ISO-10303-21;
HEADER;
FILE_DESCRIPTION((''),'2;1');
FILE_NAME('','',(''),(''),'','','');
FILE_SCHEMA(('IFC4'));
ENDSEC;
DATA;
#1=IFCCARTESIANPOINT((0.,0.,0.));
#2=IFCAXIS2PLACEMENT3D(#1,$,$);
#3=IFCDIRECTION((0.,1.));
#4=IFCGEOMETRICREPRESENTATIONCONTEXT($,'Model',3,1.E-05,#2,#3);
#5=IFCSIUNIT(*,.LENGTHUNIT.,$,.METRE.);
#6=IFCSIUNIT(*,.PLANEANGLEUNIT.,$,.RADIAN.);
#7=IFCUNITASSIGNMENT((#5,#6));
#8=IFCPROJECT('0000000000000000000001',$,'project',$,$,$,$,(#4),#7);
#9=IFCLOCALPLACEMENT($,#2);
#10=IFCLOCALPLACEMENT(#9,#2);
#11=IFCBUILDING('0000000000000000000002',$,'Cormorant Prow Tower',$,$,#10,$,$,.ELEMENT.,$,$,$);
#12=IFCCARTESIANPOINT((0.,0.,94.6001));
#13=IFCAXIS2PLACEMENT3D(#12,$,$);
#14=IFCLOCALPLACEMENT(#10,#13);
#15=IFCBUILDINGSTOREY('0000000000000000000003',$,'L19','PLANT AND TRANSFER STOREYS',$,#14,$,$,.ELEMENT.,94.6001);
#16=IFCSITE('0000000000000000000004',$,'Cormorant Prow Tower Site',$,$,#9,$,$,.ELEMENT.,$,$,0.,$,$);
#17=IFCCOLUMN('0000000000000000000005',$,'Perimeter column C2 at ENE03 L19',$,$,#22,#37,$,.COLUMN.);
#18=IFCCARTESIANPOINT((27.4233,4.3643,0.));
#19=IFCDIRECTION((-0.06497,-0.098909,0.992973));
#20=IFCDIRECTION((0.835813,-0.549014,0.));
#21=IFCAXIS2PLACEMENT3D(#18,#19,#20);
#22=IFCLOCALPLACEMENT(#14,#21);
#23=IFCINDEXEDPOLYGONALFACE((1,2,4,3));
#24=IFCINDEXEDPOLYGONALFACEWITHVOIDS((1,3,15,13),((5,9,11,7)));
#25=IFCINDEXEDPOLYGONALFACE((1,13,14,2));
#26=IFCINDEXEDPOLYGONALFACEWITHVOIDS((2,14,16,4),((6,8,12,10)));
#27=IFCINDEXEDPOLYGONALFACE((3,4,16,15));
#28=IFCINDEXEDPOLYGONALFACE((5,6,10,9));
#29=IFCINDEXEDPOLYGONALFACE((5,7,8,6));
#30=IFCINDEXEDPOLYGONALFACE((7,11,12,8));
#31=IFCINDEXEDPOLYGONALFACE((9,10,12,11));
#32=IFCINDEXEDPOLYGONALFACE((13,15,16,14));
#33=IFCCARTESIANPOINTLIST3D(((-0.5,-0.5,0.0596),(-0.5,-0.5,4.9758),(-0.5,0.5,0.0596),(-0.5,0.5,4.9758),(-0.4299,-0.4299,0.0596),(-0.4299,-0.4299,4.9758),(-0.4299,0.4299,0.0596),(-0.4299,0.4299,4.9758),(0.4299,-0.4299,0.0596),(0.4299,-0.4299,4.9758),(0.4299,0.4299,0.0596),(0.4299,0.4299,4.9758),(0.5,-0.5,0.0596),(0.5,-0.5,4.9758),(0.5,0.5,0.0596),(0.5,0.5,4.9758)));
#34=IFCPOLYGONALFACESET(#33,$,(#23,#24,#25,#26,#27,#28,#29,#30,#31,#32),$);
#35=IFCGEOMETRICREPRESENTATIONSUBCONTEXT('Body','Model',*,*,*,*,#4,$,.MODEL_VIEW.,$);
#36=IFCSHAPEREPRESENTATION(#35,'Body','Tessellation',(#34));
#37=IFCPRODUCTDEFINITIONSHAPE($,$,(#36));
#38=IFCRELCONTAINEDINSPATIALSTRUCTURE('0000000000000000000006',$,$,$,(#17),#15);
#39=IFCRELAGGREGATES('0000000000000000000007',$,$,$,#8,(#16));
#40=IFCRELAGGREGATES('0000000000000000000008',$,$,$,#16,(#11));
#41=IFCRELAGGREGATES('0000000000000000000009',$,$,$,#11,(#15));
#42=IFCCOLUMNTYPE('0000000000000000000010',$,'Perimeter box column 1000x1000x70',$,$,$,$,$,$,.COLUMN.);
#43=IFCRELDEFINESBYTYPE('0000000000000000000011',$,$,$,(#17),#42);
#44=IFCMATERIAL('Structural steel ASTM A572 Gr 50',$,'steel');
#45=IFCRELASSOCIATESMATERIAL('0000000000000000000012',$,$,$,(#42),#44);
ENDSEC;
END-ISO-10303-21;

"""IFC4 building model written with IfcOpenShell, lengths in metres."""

from ifc_helpers import new_model, si_unit, direction, frame, origin, origin_2d, place, context, subcontext, project, spatial, hollow_rectangle, extrude, material, material_profile, profile_set, type_object, element, save


model = new_model("IFC4")

# Units and contexts
model_context = context("Model", 3, precision=1e-05, world=origin(), true_north=direction((0.0, 1.0)))
body_context = subcontext(model_context, "Body", "Model", "MODEL_VIEW")
ifc_project = project(units=[si_unit("LENGTHUNIT", "METRE"), si_unit("PLANEANGLEUNIT", "RADIAN")], contexts=[model_context])

# Site, building, storey
site_placement = place(None, origin())
site = spatial("IfcSite", under=ifc_project, at=site_placement, Name="Cormorant Prow Tower Site", CompositionType="ELEMENT", RefElevation=0.0)
building_placement = place(site_placement, origin())
building = spatial("IfcBuilding", under=site, at=building_placement, Name="Cormorant Prow Tower", CompositionType="ELEMENT")
storey_placement = place(building_placement, frame((0.0, 0.0, 94.6001)))
storey = spatial("IfcBuildingStorey", under=building, at=storey_placement, Name="L19", Description="PLANT AND TRANSFER STOREYS", CompositionType="ELEMENT", Elevation=94.6001)

# Column
ifc_material_1 = material(Name="Structural steel ASTM A572 Gr 50", Category="steel")
ifc_material_profile_1 = material_profile(ifc_material_1, hollow_rectangle(XDim=1.0, YDim=1.0, WallThickness=0.0701, at=origin_2d()), Name="Box 1000x1000x70")
ifc_profile_set_1 = profile_set([ifc_material_profile_1], Name="Structural steel ASTM A572 Gr 50")
column_type_1 = type_object("IfcColumnType", Name="Perimeter box column 1000x1000x70", PredefinedType="COLUMN", material=ifc_profile_set_1)
column_1_placement = place(storey_placement, frame((27.4233, 4.3643, 0.0), z_axis=(-0.06497, -0.098909, 0.992973), x_axis=(0.835813, -0.549014, 0.0)))
element("IfcColumn", 1, at=column_1_placement, inside=storey, type_object=column_type_1, Name="Perimeter column C2 at ENE03 L19", PredefinedType="COLUMN", context=body_context, shape_type="SweptSolid", body=[
    extrude(hollow_rectangle(XDim=1.0, YDim=1.0, WallThickness=0.0701, at=origin_2d()), frame((0.0, 0.0, 0.0596)), (0.0, 0.0, 1.0), 4.9163),
])

save(model, "model.ifc")
